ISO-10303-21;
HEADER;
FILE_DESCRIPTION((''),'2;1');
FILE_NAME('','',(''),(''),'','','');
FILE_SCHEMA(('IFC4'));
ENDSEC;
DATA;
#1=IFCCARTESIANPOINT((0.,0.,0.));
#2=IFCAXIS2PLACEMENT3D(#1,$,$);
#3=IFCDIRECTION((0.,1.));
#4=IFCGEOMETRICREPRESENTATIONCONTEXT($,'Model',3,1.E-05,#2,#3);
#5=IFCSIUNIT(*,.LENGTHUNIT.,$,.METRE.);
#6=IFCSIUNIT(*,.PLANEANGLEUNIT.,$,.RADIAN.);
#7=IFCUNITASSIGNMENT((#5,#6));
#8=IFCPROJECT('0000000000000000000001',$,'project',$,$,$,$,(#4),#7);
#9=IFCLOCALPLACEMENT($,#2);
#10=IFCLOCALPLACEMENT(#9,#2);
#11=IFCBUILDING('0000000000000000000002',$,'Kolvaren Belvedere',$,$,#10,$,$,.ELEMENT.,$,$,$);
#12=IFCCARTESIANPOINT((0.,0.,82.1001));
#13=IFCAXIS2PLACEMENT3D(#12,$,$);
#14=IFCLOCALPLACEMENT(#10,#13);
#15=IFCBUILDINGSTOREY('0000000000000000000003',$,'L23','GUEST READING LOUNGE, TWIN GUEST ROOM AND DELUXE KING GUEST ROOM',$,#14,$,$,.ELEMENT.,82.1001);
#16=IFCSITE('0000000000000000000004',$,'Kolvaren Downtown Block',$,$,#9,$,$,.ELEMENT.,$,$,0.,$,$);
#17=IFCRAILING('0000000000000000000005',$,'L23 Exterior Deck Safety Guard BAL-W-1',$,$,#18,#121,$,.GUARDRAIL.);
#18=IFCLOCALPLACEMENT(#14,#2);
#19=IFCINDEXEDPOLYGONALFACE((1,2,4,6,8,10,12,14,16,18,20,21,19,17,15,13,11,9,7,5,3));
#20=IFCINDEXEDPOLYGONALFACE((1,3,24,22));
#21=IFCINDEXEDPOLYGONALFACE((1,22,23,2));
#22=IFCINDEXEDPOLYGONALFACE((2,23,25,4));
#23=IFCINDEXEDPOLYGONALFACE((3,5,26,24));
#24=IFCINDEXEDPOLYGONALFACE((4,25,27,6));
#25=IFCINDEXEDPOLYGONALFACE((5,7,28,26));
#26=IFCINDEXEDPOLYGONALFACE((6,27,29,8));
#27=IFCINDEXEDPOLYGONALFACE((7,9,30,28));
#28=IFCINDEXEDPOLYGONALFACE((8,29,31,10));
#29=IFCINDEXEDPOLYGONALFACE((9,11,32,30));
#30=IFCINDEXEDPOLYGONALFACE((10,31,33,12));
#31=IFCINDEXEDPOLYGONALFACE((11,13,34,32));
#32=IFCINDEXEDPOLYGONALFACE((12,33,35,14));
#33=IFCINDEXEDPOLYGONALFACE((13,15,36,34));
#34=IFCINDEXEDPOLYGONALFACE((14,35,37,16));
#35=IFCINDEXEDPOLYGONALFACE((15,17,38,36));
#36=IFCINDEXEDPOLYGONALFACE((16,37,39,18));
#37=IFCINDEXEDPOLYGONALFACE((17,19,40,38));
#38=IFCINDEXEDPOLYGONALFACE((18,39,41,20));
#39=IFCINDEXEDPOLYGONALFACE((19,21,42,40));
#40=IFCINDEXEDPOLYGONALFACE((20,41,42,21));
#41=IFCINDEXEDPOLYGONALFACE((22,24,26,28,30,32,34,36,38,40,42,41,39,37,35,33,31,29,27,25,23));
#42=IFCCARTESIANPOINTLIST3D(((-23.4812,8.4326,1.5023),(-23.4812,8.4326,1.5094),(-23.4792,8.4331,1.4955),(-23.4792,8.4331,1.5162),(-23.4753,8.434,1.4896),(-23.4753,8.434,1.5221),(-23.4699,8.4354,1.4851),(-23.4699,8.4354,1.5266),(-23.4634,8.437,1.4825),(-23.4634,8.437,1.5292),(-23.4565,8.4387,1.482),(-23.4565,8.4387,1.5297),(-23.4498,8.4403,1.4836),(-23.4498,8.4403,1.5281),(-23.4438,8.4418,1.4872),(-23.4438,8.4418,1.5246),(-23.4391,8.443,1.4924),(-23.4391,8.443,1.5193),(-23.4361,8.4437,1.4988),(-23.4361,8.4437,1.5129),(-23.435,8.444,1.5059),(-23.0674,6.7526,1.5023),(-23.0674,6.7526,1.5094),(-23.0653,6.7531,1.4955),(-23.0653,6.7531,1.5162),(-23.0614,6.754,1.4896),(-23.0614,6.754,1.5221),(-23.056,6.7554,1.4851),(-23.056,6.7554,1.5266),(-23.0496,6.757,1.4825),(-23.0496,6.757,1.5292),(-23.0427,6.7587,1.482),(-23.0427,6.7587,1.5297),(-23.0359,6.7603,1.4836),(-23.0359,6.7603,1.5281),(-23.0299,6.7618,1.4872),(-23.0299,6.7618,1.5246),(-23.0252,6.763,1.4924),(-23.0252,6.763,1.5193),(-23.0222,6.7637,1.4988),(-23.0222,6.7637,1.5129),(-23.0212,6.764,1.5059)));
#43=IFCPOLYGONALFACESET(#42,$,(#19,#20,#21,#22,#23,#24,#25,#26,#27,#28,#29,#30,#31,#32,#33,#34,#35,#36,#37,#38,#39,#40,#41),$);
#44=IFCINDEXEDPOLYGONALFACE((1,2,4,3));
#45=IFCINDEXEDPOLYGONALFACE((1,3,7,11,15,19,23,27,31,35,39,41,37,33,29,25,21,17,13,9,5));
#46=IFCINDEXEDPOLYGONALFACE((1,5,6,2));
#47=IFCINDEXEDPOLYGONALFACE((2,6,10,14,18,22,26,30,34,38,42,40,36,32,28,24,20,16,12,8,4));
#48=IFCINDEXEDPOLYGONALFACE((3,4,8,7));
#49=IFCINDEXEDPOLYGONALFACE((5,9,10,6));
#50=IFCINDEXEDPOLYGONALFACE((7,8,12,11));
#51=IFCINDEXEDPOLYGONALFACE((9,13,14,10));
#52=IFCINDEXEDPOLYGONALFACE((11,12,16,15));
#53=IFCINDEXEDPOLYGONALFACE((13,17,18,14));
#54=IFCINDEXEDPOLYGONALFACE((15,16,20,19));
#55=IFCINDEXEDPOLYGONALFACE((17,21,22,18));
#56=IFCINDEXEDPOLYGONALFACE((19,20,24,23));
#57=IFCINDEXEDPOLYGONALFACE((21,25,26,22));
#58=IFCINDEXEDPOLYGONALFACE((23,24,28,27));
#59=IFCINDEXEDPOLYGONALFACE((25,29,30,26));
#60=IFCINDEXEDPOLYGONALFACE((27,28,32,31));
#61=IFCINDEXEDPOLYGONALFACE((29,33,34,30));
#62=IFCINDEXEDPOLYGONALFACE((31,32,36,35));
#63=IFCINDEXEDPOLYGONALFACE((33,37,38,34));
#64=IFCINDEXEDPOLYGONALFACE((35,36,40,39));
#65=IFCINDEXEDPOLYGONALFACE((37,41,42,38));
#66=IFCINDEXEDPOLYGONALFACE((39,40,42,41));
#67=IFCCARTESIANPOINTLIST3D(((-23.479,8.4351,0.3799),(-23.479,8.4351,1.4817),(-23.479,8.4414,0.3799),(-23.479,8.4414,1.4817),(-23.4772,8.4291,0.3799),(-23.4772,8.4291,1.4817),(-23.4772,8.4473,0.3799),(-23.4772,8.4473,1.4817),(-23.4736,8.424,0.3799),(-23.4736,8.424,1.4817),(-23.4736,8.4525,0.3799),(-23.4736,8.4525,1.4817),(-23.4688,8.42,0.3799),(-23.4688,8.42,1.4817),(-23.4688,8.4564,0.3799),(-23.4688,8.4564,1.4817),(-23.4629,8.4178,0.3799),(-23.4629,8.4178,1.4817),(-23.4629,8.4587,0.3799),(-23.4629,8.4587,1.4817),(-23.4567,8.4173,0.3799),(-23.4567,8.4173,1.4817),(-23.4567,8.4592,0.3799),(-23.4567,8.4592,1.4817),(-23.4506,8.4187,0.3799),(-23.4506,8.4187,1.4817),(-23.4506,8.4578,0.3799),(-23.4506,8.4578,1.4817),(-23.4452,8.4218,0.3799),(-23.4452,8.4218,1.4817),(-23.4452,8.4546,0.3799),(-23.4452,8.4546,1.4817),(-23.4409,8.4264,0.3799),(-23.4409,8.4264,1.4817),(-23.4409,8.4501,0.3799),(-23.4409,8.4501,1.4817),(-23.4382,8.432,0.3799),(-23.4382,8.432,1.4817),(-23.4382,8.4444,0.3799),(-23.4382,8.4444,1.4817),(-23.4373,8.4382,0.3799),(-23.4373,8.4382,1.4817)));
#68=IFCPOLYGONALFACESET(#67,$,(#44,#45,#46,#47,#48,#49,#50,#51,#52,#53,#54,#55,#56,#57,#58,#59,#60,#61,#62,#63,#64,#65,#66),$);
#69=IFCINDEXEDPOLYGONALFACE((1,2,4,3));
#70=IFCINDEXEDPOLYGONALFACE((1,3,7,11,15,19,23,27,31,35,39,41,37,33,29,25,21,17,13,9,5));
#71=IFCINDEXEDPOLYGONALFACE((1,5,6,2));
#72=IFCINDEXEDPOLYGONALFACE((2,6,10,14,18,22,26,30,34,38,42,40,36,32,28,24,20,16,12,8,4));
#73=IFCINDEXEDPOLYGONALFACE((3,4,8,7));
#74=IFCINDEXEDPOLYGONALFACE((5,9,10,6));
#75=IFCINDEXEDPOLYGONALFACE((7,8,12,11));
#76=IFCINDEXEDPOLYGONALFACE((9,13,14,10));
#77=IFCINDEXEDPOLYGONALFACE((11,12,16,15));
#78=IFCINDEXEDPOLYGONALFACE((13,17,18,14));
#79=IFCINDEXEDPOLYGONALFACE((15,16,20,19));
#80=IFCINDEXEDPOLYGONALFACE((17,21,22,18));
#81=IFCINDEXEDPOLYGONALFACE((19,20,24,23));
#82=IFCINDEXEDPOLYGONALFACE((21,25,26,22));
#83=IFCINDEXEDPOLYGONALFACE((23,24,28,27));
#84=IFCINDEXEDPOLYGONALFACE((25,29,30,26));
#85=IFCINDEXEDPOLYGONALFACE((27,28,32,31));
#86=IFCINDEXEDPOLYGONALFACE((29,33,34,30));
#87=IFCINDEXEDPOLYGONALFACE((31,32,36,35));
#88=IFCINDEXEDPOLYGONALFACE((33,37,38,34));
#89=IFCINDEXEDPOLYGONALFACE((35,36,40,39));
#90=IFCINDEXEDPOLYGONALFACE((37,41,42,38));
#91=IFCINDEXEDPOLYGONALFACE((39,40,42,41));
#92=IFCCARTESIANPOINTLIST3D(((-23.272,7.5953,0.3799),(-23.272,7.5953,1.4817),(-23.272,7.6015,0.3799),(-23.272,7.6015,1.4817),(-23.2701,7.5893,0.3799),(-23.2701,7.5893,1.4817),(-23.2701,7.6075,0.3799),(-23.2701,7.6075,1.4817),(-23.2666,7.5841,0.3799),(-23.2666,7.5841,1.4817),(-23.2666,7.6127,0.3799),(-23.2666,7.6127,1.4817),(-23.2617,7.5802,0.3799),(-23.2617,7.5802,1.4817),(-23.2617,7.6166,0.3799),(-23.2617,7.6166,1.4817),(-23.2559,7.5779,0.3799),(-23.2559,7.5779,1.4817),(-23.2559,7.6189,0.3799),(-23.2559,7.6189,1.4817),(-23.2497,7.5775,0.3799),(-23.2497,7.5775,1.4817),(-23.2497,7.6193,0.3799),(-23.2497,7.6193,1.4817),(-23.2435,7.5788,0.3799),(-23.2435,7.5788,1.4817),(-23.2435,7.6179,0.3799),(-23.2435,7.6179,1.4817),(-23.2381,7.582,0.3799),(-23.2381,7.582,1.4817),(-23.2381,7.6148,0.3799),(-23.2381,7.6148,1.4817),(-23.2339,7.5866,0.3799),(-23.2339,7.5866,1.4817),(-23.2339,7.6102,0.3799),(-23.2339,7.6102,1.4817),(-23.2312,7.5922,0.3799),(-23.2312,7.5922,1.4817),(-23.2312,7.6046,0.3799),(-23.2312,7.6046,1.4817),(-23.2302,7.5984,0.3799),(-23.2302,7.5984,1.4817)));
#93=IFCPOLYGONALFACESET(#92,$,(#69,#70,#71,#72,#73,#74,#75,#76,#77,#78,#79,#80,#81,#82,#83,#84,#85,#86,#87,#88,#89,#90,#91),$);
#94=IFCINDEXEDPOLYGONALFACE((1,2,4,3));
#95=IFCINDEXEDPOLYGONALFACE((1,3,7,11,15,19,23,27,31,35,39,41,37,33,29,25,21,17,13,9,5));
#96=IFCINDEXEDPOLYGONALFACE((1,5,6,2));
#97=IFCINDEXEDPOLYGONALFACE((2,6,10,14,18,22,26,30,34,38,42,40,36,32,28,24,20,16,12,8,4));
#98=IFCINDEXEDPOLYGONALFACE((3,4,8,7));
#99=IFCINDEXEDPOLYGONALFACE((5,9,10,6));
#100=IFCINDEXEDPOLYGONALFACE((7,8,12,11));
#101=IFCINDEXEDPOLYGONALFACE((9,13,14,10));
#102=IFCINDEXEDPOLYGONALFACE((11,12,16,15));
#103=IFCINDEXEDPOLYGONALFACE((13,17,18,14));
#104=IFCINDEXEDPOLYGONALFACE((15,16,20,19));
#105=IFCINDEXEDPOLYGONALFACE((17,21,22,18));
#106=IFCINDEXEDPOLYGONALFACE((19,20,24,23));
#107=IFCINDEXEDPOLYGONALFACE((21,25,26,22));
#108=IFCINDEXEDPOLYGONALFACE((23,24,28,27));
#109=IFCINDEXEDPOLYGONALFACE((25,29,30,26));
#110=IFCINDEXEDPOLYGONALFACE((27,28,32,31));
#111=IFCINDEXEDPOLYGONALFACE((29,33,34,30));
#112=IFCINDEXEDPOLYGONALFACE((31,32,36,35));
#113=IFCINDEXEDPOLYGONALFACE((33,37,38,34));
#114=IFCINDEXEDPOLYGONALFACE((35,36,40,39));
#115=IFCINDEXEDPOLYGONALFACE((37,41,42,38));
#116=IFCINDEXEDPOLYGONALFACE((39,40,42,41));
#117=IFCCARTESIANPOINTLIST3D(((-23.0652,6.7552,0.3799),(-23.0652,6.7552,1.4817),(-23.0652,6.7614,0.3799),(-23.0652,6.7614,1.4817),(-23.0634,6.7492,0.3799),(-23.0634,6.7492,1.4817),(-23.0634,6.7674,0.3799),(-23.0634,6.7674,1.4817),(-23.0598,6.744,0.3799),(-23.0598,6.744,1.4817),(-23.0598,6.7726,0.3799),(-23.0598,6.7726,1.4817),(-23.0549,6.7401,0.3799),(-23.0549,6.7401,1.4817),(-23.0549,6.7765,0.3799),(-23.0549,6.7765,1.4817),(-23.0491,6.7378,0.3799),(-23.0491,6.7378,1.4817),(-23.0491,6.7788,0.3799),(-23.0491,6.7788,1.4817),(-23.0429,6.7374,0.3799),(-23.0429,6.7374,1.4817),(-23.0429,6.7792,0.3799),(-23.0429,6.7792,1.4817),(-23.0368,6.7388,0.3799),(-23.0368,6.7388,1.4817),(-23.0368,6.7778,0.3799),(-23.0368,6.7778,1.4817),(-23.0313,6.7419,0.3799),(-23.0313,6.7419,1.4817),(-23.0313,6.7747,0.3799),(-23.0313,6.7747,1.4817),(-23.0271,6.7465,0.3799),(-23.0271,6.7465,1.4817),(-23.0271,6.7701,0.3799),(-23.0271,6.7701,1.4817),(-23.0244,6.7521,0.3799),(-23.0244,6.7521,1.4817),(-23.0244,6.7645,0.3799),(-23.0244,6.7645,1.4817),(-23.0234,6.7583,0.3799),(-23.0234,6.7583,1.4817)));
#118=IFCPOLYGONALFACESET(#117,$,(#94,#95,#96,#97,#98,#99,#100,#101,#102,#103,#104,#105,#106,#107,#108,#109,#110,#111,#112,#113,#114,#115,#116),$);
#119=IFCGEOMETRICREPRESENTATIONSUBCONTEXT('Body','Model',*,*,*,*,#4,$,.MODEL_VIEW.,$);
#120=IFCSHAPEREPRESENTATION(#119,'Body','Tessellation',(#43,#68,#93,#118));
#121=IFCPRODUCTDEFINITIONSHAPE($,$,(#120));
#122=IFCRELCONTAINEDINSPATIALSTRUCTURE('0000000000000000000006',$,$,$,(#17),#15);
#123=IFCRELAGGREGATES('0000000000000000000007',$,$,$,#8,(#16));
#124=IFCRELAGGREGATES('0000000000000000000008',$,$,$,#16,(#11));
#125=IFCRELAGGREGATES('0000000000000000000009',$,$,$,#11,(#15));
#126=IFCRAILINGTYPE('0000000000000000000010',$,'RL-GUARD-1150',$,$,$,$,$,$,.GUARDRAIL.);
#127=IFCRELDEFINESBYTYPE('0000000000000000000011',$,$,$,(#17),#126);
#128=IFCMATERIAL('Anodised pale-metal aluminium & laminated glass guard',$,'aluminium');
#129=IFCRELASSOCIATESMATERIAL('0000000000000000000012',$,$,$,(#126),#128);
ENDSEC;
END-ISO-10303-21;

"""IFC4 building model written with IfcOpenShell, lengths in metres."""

from ifc_helpers import new_model, si_unit, direction, frame, origin, origin_2d, place, context, subcontext, project, spatial, circle, extrude, material, type_object, element, save


model = new_model("IFC4")

# Units and contexts
model_context = context("Model", 3, precision=1e-05, world=origin(), true_north=direction((0.0, 1.0)))
body_context = subcontext(model_context, "Body", "Model", "MODEL_VIEW")
ifc_project = project(units=[si_unit("LENGTHUNIT", "METRE"), si_unit("PLANEANGLEUNIT", "RADIAN")], contexts=[model_context])

# Site, building, storey
site_placement = place(None, origin())
site = spatial("IfcSite", under=ifc_project, at=site_placement, Name="Kolvaren Downtown Block", CompositionType="ELEMENT", RefElevation=0.0)
building_placement = place(site_placement, origin())
building = spatial("IfcBuilding", under=site, at=building_placement, Name="Kolvaren Belvedere", CompositionType="ELEMENT")
storey_placement = place(building_placement, frame((0.0, 0.0, 82.1001)))
storey = spatial("IfcBuildingStorey", under=building, at=storey_placement, Name="L23", Description="GUEST READING LOUNGE, TWIN GUEST ROOM AND DELUXE KING GUEST ROOM", CompositionType="ELEMENT", Elevation=82.1001)

# Railing
ifc_material_1 = material(Name="Anodised pale-metal aluminium & laminated glass guard", Category="aluminium")
railing_type = type_object("IfcRailingType", Name="RL-GUARD-1150", PredefinedType="GUARDRAIL", material=ifc_material_1)
railing_1_placement = place(storey_placement, frame((-23.4583, 8.4382, 0.3799)))
element("IfcRailing", 1, at=railing_1_placement, inside=storey, type_object=railing_type, Name="L23 Exterior Deck Safety Guard BAL-W-1", PredefinedType="GUARDRAIL", context=body_context, shape_type="SweptSolid", body=[
    extrude(circle(Radius=0.0239, at=origin_2d()), frame((0.0, 0.0, 1.126), z_axis=(0.239181, -0.970975, 0.0), x_axis=(0.970975, 0.239181, 0.0)), (0.0, 0.0, 1.0), 1.7302),
    extrude(circle(Radius=0.021, at=origin_2d()), origin(), (0.0, 0.0, 1.0), 1.1018),
    extrude(circle(Radius=0.021, at=origin_2d()), frame((0.207, -0.8398, 0.0)), (0.0, 0.0, 1.0), 1.1018),
    extrude(circle(Radius=0.021, at=origin_2d()), frame((0.4138, -1.6799, 0.0)), (0.0, 0.0, 1.0), 1.1018),
])

save(model, "model.ifc")
